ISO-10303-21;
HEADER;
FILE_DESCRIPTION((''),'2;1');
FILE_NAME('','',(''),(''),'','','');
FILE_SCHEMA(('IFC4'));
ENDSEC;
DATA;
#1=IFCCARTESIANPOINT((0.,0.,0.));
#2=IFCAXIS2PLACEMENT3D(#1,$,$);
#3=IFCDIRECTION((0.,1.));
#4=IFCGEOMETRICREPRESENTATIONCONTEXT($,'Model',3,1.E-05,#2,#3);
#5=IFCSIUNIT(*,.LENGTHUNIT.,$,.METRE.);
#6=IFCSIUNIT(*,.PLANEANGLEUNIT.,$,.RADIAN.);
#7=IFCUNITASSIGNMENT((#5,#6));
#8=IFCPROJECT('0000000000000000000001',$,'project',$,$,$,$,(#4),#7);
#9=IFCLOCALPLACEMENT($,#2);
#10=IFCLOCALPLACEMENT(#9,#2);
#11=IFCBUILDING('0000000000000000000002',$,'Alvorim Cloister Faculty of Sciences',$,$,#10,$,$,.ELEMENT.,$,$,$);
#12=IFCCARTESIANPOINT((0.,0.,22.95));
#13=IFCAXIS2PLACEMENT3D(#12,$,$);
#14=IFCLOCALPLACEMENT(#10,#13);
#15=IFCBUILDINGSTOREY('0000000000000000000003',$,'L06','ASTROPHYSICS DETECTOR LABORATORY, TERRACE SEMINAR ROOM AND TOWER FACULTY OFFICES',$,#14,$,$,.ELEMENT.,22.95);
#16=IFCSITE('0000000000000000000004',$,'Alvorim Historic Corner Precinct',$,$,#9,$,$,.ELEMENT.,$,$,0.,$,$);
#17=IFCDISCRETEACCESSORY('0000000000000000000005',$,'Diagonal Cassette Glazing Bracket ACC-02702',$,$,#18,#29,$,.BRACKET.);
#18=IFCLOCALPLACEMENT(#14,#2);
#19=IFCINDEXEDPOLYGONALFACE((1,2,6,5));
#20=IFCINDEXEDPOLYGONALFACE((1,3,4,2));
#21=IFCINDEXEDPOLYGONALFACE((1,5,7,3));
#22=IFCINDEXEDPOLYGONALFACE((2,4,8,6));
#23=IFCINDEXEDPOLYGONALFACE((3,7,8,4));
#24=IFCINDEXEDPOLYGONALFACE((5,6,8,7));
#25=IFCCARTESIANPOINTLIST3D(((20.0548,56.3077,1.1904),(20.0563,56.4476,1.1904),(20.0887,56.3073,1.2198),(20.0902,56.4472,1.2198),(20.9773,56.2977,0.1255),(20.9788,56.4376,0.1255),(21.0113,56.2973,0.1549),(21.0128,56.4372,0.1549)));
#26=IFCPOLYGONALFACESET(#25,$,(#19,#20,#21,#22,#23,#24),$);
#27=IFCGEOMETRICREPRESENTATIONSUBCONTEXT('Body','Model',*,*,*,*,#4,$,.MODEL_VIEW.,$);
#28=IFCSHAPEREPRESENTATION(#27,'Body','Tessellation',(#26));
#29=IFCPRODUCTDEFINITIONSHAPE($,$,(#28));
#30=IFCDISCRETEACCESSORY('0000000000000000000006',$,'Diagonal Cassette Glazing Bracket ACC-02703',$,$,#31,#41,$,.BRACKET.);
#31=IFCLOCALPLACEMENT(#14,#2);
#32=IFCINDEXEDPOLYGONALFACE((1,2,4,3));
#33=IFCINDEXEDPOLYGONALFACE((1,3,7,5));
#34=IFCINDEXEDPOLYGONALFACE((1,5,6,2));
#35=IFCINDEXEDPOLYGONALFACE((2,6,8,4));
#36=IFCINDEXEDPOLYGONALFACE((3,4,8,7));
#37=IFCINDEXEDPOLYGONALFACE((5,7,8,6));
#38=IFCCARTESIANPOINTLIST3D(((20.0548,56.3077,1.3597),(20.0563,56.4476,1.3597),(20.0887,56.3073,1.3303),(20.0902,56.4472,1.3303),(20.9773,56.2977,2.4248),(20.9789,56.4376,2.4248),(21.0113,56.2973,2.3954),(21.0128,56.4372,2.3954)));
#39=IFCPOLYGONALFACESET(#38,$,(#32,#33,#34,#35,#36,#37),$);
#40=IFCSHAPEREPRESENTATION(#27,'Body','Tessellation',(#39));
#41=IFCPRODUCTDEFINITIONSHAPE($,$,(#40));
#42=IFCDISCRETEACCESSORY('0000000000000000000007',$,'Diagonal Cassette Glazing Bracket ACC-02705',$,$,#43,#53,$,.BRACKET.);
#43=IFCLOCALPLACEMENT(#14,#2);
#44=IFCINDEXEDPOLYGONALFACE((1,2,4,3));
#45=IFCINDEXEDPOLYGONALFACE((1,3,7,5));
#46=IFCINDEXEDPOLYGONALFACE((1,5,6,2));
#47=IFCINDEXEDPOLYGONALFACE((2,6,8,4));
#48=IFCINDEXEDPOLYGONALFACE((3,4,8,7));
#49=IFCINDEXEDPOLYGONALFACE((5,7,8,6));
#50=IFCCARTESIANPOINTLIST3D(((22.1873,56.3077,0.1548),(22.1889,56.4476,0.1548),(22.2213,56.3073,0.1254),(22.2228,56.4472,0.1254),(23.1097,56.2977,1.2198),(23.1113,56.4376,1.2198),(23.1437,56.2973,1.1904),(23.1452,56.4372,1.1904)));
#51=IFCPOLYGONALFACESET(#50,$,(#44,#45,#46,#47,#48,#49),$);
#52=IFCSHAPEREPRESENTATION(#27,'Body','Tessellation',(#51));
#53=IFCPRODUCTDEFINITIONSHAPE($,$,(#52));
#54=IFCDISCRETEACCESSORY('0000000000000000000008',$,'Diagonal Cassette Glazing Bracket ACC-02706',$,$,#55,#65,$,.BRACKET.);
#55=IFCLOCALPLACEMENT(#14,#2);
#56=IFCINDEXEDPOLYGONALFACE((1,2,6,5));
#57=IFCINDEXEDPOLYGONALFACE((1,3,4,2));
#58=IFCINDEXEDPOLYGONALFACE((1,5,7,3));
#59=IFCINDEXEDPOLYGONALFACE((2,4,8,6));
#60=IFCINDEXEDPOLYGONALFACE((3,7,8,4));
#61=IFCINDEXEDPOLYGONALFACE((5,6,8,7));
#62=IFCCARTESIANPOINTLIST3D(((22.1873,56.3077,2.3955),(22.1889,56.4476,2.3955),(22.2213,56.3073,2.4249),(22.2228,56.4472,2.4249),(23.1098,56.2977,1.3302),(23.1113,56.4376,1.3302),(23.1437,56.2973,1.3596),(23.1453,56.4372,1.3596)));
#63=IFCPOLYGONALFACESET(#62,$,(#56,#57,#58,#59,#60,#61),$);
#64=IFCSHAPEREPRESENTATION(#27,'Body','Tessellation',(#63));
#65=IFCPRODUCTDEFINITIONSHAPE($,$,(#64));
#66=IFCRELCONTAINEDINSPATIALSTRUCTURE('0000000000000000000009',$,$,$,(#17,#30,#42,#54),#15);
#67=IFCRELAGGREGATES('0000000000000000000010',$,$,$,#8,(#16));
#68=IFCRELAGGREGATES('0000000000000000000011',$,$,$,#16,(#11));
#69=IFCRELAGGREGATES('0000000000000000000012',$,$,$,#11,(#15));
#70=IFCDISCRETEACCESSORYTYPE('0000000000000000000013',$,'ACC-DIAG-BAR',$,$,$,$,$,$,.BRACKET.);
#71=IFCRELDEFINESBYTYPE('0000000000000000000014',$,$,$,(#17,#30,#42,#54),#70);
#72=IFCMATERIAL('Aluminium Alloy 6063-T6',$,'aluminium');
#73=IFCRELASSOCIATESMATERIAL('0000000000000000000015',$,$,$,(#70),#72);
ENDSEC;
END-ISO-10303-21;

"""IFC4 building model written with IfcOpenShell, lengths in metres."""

from ifc_helpers import new_model, si_unit, direction, frame, origin, origin_2d, place, context, subcontext, project, spatial, rectangle, extrude, material, type_object, element, save


model = new_model("IFC4")

# Units and contexts
model_context = context("Model", 3, precision=1e-05, world=origin(), true_north=direction((0.0, 1.0)))
body_context = subcontext(model_context, "Body", "Model", "MODEL_VIEW")
ifc_project = project(units=[si_unit("LENGTHUNIT", "METRE"), si_unit("PLANEANGLEUNIT", "RADIAN")], contexts=[model_context])

# Site, building, storey
site_placement = place(None, origin())
site = spatial("IfcSite", under=ifc_project, at=site_placement, Name="Alvorim Historic Corner Precinct", CompositionType="ELEMENT", RefElevation=0.0)
building_placement = place(site_placement, origin())
building = spatial("IfcBuilding", under=site, at=building_placement, Name="Alvorim Cloister Faculty of Sciences", CompositionType="ELEMENT")
storey_placement = place(building_placement, frame((0.0, 0.0, 22.95)))
storey = spatial("IfcBuildingStorey", under=building, at=storey_placement, Name="L06", Description="ASTROPHYSICS DETECTOR LABORATORY, TERRACE SEMINAR ROOM AND TOWER FACULTY OFFICES", CompositionType="ELEMENT", Elevation=22.95)

# Shared definitions
ifc_material_1 = material(Name="Aluminium Alloy 6063-T6", Category="aluminium")

# Discrete accessories
discrete_accessory_type = type_object("IfcDiscreteAccessoryType", Name="ACC-DIAG-BAR", PredefinedType="BRACKET", material=ifc_material_1)
discrete_accessory_1_placement = place(storey_placement, frame((20.0725, 56.3774, 1.2051), z_axis=(0.654775, -0.007104, -0.75579), x_axis=(0.010849, 0.999941, 0.0)))
element("IfcDiscreteAccessory", 1, at=discrete_accessory_1_placement, inside=storey, type_object=discrete_accessory_type, Name="Diagonal Cassette Glazing Bracket ACC-02702", PredefinedType="BRACKET", context=body_context, shape_type="SweptSolid", body=[
    extrude(rectangle(XDim=0.1399, YDim=0.0449, at=origin_2d()), origin(), (0.0, 0.0, 1.0), 1.4089),
])
discrete_accessory_2_placement = place(storey_placement, frame((20.0725, 56.3774, 1.345), z_axis=(0.65469, -0.007103, 0.755864), x_axis=(0.010849, 0.999941, 0.0)))
element("IfcDiscreteAccessory", 2, at=discrete_accessory_2_placement, inside=storey, type_object=discrete_accessory_type, Name="Diagonal Cassette Glazing Bracket ACC-02703", PredefinedType="BRACKET", context=body_context, shape_type="SweptSolid", body=[
    extrude(rectangle(XDim=0.1399, YDim=0.0449, at=origin_2d()), origin(), (0.0, 0.0, 1.0), 1.4092),
])
discrete_accessory_3_placement = place(storey_placement, frame((22.2051, 56.3774, 0.1401), z_axis=(0.654676, -0.007105, 0.755876), x_axis=(0.010852, 0.999941, 0.0)))
element("IfcDiscreteAccessory", 3, at=discrete_accessory_3_placement, inside=storey, type_object=discrete_accessory_type, Name="Diagonal Cassette Glazing Bracket ACC-02705", PredefinedType="BRACKET", context=body_context, shape_type="SweptSolid", body=[
    extrude(rectangle(XDim=0.1399, YDim=0.0449, at=origin_2d()), origin(), (0.0, 0.0, 1.0), 1.4089),
])
discrete_accessory_4_placement = place(storey_placement, frame((22.2051, 56.3774, 2.4102), z_axis=(0.654591, -0.007104, -0.75595), x_axis=(0.010852, 0.999941, 0.0)))
element("IfcDiscreteAccessory", 4, at=discrete_accessory_4_placement, inside=storey, type_object=discrete_accessory_type, Name="Diagonal Cassette Glazing Bracket ACC-02706", PredefinedType="BRACKET", context=body_context, shape_type="SweptSolid", body=[
    extrude(rectangle(XDim=0.1399, YDim=0.0449, at=origin_2d()), origin(), (0.0, 0.0, 1.0), 1.4092),
])

save(model, "model.ifc")
